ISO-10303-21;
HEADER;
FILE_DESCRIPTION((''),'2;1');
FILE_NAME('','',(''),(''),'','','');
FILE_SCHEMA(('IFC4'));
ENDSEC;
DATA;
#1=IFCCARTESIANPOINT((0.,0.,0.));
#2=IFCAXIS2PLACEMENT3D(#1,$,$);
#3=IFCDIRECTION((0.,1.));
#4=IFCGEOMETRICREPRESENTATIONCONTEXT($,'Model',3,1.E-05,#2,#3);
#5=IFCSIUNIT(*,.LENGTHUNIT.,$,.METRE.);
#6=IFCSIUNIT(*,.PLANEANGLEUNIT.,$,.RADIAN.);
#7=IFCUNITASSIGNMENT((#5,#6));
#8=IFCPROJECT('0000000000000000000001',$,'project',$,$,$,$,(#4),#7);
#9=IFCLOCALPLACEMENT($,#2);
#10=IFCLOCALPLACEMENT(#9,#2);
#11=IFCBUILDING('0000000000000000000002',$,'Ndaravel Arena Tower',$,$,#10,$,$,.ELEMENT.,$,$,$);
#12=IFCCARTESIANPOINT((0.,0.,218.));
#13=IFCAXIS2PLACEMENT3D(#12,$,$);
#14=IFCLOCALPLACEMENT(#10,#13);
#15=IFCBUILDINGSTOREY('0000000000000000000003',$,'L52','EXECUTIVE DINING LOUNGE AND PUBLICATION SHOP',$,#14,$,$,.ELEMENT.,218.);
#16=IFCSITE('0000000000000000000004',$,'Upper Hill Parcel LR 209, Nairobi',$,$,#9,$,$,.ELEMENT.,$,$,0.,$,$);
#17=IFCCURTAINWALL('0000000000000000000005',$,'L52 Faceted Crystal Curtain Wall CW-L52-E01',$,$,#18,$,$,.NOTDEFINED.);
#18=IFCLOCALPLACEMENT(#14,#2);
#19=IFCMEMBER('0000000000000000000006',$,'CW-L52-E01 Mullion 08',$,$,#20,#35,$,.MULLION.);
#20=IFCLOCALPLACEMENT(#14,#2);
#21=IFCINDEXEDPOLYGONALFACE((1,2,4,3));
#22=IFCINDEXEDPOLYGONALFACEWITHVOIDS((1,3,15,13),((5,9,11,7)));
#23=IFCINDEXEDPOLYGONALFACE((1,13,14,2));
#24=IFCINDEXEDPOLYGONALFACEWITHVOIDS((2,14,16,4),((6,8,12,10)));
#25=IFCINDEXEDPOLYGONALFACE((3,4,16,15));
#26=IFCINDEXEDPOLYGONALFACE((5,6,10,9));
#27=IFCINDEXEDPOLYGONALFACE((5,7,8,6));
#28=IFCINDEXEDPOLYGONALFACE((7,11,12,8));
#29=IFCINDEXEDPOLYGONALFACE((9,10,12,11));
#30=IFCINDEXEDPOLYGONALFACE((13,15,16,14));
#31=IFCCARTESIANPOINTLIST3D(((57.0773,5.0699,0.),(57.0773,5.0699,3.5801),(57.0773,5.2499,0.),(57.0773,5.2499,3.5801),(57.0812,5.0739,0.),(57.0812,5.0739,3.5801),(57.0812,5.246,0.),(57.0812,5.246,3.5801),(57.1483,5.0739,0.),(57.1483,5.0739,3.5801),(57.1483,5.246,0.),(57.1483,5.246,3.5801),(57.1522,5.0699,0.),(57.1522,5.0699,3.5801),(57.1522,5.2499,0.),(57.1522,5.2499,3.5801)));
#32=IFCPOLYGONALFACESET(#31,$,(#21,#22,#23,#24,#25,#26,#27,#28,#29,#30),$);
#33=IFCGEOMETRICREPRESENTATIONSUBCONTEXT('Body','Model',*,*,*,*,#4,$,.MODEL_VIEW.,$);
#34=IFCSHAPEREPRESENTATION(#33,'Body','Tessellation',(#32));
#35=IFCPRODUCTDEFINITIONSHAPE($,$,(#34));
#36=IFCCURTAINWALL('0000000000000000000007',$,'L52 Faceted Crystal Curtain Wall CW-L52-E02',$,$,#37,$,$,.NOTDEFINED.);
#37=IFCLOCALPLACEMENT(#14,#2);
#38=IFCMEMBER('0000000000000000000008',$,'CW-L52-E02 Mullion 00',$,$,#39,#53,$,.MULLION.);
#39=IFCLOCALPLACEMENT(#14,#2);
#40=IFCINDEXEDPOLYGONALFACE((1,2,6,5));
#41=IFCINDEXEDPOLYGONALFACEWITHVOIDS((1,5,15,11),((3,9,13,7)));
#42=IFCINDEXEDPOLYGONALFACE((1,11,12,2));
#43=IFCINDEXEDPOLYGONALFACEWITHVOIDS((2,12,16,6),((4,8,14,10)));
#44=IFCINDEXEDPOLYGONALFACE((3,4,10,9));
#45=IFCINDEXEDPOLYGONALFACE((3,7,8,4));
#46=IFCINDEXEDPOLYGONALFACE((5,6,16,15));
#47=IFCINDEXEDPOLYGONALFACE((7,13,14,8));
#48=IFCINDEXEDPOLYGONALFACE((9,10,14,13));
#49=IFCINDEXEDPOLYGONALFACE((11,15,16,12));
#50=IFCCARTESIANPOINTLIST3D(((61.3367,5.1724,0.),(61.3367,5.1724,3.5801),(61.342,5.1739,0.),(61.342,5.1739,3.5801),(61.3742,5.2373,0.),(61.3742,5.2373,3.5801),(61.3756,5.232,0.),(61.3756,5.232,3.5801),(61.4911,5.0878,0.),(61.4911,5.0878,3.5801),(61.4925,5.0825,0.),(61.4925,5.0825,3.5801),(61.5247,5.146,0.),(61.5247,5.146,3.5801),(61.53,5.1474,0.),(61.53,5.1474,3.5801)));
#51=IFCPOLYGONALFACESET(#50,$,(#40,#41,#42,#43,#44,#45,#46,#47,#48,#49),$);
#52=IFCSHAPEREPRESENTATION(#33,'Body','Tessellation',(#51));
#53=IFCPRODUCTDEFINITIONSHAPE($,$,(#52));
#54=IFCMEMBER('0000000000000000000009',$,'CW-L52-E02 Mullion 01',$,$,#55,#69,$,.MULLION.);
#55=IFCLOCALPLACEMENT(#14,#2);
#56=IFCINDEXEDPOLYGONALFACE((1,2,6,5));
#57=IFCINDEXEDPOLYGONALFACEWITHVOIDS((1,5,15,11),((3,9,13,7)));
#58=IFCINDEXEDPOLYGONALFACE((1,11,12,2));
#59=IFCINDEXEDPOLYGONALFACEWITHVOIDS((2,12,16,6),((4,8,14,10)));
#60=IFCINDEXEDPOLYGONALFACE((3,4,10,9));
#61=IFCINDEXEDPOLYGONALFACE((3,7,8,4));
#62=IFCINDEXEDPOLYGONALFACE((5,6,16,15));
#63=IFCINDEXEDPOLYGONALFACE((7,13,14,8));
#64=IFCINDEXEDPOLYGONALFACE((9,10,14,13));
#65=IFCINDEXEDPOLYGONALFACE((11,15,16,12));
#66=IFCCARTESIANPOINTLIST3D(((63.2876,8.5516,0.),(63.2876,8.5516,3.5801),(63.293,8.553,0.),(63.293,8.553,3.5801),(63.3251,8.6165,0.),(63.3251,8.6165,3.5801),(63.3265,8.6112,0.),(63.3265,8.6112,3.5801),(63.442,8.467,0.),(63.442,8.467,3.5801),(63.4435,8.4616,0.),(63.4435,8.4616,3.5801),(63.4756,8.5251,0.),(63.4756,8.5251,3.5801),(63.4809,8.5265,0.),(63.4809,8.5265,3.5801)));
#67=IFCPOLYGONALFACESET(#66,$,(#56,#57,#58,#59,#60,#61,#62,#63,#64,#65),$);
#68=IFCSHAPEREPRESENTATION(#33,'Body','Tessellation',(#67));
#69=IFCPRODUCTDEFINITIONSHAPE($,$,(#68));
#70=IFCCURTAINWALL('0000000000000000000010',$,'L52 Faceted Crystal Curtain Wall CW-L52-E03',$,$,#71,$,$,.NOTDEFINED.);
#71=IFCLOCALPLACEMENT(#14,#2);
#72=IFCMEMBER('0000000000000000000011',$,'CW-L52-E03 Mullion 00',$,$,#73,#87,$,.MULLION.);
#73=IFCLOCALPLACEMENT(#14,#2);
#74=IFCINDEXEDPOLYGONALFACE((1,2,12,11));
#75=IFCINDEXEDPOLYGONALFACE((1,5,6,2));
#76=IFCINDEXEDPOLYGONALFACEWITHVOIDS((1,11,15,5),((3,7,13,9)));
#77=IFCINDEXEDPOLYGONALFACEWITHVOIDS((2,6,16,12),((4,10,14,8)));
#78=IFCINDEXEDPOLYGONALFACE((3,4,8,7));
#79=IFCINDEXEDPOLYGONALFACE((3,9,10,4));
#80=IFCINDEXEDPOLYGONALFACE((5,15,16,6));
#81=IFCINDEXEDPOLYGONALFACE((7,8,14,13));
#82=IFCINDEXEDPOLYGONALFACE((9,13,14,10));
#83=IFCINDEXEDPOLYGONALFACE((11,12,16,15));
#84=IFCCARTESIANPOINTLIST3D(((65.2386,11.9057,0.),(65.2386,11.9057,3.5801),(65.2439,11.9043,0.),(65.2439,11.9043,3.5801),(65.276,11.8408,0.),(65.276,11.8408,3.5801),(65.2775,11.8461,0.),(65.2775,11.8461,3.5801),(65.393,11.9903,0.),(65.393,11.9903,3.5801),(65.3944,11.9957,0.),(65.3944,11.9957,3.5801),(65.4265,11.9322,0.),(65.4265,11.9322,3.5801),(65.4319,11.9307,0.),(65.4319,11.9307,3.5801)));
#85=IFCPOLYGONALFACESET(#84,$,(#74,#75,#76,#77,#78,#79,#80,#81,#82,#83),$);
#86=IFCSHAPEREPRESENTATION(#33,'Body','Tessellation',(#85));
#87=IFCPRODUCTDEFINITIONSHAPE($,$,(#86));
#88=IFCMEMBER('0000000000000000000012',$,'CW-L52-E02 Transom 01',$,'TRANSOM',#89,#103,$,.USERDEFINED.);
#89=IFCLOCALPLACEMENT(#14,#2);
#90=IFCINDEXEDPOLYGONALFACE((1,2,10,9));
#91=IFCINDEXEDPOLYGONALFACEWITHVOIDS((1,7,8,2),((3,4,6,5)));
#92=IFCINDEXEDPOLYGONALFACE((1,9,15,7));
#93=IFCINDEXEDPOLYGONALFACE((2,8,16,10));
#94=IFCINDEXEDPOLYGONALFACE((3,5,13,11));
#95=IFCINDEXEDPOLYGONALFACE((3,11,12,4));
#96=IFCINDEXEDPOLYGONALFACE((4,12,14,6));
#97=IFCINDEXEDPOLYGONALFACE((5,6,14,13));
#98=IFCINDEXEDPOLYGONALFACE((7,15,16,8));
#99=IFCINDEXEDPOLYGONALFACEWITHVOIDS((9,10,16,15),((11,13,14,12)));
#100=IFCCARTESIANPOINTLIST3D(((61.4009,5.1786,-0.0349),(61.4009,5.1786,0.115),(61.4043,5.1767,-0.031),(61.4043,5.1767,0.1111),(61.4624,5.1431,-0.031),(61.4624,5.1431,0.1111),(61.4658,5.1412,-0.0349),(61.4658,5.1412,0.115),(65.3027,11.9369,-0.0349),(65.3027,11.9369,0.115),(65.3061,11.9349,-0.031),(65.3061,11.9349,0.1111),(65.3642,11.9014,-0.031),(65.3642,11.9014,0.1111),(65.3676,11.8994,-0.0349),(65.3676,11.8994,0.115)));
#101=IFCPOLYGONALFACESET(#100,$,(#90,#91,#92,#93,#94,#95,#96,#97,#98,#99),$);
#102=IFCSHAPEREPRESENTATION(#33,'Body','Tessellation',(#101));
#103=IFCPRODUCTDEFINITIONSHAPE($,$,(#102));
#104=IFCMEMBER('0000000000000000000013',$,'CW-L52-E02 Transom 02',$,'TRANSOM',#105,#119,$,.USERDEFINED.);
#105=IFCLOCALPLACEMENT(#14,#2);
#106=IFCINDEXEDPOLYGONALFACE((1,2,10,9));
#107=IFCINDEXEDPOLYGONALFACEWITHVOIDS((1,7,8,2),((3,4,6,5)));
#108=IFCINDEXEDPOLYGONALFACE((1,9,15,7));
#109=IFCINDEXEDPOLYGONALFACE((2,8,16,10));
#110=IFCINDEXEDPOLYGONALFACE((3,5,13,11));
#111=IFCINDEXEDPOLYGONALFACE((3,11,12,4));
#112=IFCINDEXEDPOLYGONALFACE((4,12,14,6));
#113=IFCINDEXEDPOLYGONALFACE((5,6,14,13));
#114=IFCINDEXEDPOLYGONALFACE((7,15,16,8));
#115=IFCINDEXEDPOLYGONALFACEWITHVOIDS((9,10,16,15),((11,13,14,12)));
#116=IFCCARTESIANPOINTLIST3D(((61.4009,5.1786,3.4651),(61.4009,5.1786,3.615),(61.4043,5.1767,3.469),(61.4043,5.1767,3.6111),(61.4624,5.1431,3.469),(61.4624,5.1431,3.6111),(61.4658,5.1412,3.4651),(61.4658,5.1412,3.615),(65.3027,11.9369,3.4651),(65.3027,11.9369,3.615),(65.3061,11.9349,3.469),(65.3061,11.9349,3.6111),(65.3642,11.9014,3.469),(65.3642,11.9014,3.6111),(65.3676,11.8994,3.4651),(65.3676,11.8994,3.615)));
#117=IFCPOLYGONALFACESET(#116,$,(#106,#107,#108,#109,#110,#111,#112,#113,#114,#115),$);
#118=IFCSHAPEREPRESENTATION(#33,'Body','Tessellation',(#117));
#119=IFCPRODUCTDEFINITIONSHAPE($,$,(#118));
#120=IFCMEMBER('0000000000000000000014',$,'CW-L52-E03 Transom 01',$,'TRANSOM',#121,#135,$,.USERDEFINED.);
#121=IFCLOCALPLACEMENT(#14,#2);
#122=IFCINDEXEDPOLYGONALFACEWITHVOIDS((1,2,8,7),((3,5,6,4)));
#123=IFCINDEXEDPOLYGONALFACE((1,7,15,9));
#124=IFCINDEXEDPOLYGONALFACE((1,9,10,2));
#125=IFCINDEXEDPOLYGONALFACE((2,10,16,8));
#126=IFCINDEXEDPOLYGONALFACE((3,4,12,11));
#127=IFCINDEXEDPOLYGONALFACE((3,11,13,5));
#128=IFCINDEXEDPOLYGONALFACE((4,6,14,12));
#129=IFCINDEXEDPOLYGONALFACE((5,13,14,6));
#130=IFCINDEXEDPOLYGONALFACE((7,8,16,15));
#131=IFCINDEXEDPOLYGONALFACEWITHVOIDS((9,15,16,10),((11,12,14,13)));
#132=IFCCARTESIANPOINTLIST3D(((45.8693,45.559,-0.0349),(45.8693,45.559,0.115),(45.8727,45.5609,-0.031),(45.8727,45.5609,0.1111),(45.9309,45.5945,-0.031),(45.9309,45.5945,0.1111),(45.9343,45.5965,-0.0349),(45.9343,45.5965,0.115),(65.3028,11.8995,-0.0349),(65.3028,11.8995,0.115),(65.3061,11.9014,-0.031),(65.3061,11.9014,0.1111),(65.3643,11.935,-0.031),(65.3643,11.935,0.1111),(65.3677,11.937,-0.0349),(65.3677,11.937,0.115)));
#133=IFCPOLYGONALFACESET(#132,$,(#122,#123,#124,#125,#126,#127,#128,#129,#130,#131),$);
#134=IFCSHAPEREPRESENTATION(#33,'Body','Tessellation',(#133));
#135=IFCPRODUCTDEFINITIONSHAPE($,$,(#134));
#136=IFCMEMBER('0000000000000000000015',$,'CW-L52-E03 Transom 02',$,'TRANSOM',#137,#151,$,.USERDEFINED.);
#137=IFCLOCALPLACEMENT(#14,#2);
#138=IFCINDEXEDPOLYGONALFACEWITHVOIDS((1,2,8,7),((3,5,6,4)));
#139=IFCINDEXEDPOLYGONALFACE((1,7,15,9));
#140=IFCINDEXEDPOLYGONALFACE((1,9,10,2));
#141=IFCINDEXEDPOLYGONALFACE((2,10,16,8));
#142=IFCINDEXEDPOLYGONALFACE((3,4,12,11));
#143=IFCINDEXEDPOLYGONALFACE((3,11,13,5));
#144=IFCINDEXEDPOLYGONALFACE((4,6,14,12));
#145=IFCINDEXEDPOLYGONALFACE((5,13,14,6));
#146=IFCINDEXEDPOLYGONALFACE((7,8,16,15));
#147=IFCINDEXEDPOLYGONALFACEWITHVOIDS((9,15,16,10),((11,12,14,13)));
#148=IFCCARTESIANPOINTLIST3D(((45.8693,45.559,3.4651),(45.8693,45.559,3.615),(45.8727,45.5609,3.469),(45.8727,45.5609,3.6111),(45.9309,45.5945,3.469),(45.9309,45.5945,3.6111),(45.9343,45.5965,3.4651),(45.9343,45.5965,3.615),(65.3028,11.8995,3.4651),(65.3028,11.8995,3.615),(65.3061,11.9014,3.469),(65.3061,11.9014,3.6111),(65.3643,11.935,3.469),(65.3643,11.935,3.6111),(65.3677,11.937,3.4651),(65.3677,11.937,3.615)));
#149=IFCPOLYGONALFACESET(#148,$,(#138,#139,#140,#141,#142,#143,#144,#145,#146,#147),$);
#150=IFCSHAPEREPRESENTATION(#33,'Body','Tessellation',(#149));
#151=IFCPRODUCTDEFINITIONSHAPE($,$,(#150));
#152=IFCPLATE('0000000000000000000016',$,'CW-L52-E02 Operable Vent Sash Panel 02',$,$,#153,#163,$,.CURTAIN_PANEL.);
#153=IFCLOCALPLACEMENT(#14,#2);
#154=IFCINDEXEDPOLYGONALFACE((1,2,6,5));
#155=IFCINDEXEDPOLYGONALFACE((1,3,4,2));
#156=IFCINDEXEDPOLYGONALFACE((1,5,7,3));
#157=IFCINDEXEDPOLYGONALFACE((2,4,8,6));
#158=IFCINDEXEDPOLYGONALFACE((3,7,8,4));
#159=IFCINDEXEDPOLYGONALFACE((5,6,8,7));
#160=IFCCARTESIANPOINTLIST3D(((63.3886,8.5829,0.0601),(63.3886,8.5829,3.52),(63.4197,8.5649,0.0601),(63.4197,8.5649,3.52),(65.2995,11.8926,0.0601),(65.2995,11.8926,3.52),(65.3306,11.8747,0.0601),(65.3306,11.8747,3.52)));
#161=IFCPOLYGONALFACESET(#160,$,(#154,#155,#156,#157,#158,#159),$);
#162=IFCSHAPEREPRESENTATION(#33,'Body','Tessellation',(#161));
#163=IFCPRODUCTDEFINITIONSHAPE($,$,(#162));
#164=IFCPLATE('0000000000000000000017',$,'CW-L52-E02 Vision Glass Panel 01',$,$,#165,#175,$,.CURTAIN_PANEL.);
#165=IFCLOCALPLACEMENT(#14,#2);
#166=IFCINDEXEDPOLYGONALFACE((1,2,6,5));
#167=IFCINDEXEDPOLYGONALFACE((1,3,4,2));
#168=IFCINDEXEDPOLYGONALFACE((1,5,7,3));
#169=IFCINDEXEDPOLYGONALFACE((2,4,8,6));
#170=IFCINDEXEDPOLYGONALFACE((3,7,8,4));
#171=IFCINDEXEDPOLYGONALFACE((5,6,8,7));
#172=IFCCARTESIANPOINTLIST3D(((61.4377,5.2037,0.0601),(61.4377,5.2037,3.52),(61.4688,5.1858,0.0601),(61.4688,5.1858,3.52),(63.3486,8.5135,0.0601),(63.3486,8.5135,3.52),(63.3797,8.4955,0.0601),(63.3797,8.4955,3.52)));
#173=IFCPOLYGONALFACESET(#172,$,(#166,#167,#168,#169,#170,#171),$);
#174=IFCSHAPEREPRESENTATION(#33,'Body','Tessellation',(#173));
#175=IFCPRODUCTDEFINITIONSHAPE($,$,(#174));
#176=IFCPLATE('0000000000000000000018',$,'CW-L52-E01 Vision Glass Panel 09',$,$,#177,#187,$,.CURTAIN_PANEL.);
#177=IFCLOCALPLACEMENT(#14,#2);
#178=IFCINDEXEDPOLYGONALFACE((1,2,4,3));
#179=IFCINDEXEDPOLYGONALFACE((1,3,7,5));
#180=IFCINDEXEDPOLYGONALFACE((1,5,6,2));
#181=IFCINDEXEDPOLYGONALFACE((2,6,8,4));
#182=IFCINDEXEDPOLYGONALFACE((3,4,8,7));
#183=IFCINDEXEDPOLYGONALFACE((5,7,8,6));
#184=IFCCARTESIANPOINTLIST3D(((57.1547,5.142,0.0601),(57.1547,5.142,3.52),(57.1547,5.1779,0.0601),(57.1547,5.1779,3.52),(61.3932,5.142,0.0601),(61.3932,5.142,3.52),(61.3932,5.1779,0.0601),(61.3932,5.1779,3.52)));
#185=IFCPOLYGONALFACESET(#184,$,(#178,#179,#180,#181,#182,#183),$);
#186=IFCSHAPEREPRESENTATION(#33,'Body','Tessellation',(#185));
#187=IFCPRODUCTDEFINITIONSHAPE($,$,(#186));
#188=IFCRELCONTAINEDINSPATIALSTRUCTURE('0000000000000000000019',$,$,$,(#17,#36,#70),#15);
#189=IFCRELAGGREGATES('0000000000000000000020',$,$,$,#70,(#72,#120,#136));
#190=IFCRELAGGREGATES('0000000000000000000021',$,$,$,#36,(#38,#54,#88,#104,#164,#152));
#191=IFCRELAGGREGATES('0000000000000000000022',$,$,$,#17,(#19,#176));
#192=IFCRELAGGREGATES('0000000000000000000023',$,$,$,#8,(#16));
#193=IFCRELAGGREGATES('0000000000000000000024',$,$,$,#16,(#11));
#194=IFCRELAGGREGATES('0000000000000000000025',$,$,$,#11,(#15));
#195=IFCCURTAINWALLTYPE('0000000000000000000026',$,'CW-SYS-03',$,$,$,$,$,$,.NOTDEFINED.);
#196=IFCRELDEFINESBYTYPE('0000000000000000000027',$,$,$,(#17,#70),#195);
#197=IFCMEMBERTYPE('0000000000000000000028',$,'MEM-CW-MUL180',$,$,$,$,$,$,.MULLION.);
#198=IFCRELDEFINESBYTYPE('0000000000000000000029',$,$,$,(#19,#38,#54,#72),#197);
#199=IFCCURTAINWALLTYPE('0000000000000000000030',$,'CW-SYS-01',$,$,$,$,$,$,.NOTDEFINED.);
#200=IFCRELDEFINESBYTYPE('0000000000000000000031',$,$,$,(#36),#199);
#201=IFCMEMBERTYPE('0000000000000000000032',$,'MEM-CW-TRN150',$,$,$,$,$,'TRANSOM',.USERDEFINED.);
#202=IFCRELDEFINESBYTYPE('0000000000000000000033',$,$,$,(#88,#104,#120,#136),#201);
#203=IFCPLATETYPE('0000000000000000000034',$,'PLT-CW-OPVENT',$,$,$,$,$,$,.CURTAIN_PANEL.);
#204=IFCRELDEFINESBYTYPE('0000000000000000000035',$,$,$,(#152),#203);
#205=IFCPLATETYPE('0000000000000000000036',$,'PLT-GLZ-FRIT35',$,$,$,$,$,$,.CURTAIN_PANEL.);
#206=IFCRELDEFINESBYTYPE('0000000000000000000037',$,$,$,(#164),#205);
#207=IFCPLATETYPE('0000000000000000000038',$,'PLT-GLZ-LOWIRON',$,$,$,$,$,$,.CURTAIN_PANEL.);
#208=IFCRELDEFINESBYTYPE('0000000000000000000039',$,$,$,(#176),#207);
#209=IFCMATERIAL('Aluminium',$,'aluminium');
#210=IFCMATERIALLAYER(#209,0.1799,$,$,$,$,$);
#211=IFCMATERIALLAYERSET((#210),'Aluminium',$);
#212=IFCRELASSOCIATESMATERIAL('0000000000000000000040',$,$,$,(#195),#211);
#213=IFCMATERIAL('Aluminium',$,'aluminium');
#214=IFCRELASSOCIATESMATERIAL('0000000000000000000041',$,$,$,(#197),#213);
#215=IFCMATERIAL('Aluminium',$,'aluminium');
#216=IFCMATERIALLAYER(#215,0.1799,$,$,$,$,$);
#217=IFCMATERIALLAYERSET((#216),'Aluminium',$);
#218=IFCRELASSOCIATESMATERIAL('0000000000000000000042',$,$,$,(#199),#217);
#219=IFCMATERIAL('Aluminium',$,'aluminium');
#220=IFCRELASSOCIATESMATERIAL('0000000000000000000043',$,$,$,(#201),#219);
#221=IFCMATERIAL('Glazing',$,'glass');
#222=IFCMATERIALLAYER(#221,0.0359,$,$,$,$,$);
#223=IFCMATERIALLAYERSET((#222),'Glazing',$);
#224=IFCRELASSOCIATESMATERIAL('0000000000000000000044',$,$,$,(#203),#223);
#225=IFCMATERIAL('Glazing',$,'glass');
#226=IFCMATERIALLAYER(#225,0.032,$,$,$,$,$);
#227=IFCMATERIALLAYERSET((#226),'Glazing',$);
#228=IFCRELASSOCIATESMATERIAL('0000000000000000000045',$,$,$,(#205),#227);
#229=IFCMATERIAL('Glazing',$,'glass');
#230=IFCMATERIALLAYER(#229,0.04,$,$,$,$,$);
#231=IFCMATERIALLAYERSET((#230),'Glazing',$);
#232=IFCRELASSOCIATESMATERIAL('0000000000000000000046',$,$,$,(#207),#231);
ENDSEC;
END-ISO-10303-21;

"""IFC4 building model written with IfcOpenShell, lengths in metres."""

from ifc_helpers import new_model, si_unit, direction, frame, origin, origin_2d, place, context, subcontext, project, spatial, rectangle, hollow_rectangle, extrude, material, layer, layer_set, material_profile, profile_set, type_object, element, aggregate, save


model = new_model("IFC4")

# Units and contexts
model_context = context("Model", 3, precision=1e-05, world=origin(), true_north=direction((0.0, 1.0)))
body_context = subcontext(model_context, "Body", "Model", "MODEL_VIEW")
ifc_project = project(units=[si_unit("LENGTHUNIT", "METRE"), si_unit("PLANEANGLEUNIT", "RADIAN")], contexts=[model_context])

# Site, building, storey
site_placement = place(None, origin())
site = spatial("IfcSite", under=ifc_project, at=site_placement, Name="Upper Hill Parcel LR 209, Nairobi", CompositionType="ELEMENT", RefElevation=0.0)
building_placement = place(site_placement, origin())
building = spatial("IfcBuilding", under=site, at=building_placement, Name="Ndaravel Arena Tower", CompositionType="ELEMENT")
storey_placement = place(building_placement, frame((0.0, 0.0, 218.0)))
storey = spatial("IfcBuildingStorey", under=building, at=storey_placement, Name="L52", Description="EXECUTIVE DINING LOUNGE AND PUBLICATION SHOP", CompositionType="ELEMENT", Elevation=218.0)

# Curtain wall, member
ifc_material_1 = material(Name="Aluminium", Category="aluminium")
ifc_layer_1 = layer(ifc_material_1, 0.1799)
ifc_layer_set_1 = layer_set([ifc_layer_1], Name="Aluminium")
curtain_wall_type_1 = type_object("IfcCurtainWallType", Name="CW-SYS-03", PredefinedType="NOTDEFINED", material=ifc_layer_set_1)
curtain_wall_1_placement = place(storey_placement, origin())
curtain_wall_1 = element("IfcCurtainWall", 1, at=curtain_wall_1_placement, inside=storey, type_object=curtain_wall_type_1, Name="L52 Faceted Crystal Curtain Wall CW-L52-E01", PredefinedType="NOTDEFINED")
ifc_material_2 = material(Name="Aluminium", Category="aluminium")
ifc_material_profile_1 = material_profile(ifc_material_2, hollow_rectangle(XDim=0.075, YDim=0.1799, WallThickness=0.0039, at=origin_2d()), Name="CW MULLION 75x180x4")
ifc_profile_set_1 = profile_set([ifc_material_profile_1], Name="Aluminium")
member_type_1 = type_object("IfcMemberType", Name="MEM-CW-MUL180", PredefinedType="MULLION", material=ifc_profile_set_1)
member_1_placement = place(storey_placement, frame((57.1147, 5.1599, 0.0), z_axis=(0.0, 0.0, 1.0), x_axis=(1.0, 0.0, 0.0)))
member_1 = element("IfcMember", 2, at=member_1_placement, type_object=member_type_1, Name="CW-L52-E01 Mullion 08", PredefinedType="MULLION", context=body_context, shape_type="SweptSolid", body=[
    extrude(hollow_rectangle(XDim=0.075, YDim=0.1799, WallThickness=0.0039, at=origin_2d()), origin(), (0.0, 0.0, 1.0), 3.5801),
])

# Curtain wall, members
ifc_material_3 = material(Name="Aluminium", Category="aluminium")
ifc_layer_2 = layer(ifc_material_3, 0.1799)
ifc_layer_set_2 = layer_set([ifc_layer_2], Name="Aluminium")
curtain_wall_type_2 = type_object("IfcCurtainWallType", Name="CW-SYS-01", PredefinedType="NOTDEFINED", material=ifc_layer_set_2)
curtain_wall_2_placement = place(storey_placement, origin())
curtain_wall_2 = element("IfcCurtainWall", 3, at=curtain_wall_2_placement, inside=storey, type_object=curtain_wall_type_2, Name="L52 Faceted Crystal Curtain Wall CW-L52-E02", PredefinedType="NOTDEFINED")
member_2_placement = place(storey_placement, frame((61.4333, 5.1599, 0.0), z_axis=(0.0, 0.0, 1.0), x_axis=(0.5, 0.866025, 0.0)))
member_2 = element("IfcMember", 4, at=member_2_placement, type_object=member_type_1, Name="CW-L52-E02 Mullion 00", PredefinedType="MULLION", context=body_context, shape_type="SweptSolid", body=[
    extrude(hollow_rectangle(XDim=0.075, YDim=0.1799, WallThickness=0.0039, at=origin_2d()), origin(), (0.0, 0.0, 1.0), 3.5801),
])
member_3_placement = place(storey_placement, frame((63.3843, 8.5391, 0.0), z_axis=(0.0, 0.0, 1.0), x_axis=(0.5, 0.866025, 0.0)))
member_3 = element("IfcMember", 5, at=member_3_placement, type_object=member_type_1, Name="CW-L52-E02 Mullion 01", PredefinedType="MULLION", context=body_context, shape_type="SweptSolid", body=[
    extrude(hollow_rectangle(XDim=0.075, YDim=0.1799, WallThickness=0.0039, at=origin_2d()), origin(), (0.0, 0.0, 1.0), 3.5801),
])

# Curtain wall, member
curtain_wall_3_placement = place(storey_placement, origin())
curtain_wall_3 = element("IfcCurtainWall", 6, at=curtain_wall_3_placement, inside=storey, type_object=curtain_wall_type_1, Name="L52 Faceted Crystal Curtain Wall CW-L52-E03", PredefinedType="NOTDEFINED")
member_4_placement = place(storey_placement, frame((65.3352, 11.9182, 0.0), z_axis=(0.0, 0.0, 1.0), x_axis=(-0.5, 0.866025, 0.0)))
member_4 = element("IfcMember", 7, at=member_4_placement, type_object=member_type_1, Name="CW-L52-E03 Mullion 00", PredefinedType="MULLION", context=body_context, shape_type="SweptSolid", body=[
    extrude(hollow_rectangle(XDim=0.075, YDim=0.1799, WallThickness=0.0039, at=origin_2d()), origin(), (0.0, 0.0, 1.0), 3.5801),
])

# Members
ifc_material_4 = material(Name="Aluminium", Category="aluminium")
ifc_material_profile_2 = material_profile(ifc_material_4, hollow_rectangle(XDim=0.075, YDim=0.1499, WallThickness=0.0039, at=origin_2d()), Name="CW TRANSOM 75x150x4")
ifc_profile_set_2 = profile_set([ifc_material_profile_2], Name="Aluminium")
member_type_2 = type_object("IfcMemberType", Name="MEM-CW-TRN150", ElementType="TRANSOM", PredefinedType="USERDEFINED", material=ifc_profile_set_2)
member_5_placement = place(storey_placement, frame((61.4333, 5.1599, 0.04), z_axis=(0.499995, 0.866028, 0.0), x_axis=(-0.866028, 0.499995, 0.0)))
member_5 = element("IfcMember", 8, at=member_5_placement, type_object=member_type_2, Name="CW-L52-E02 Transom 01", ObjectType="TRANSOM", PredefinedType="USERDEFINED", context=body_context, shape_type="SweptSolid", body=[
    extrude(hollow_rectangle(XDim=0.075, YDim=0.1499, WallThickness=0.0039, at=origin_2d()), origin(), (0.0, 0.0, 1.0), 7.8037),
])
member_6_placement = place(storey_placement, frame((61.4333, 5.1599, 3.54), z_axis=(0.499995, 0.866028, 0.0), x_axis=(-0.866028, 0.499995, 0.0)))
member_6 = element("IfcMember", 9, at=member_6_placement, type_object=member_type_2, Name="CW-L52-E02 Transom 02", ObjectType="TRANSOM", PredefinedType="USERDEFINED", context=body_context, shape_type="SweptSolid", body=[
    extrude(hollow_rectangle(XDim=0.075, YDim=0.1499, WallThickness=0.0039, at=origin_2d()), origin(), (0.0, 0.0, 1.0), 7.8037),
])
member_7_placement = place(storey_placement, frame((65.3352, 11.9182, 0.04), z_axis=(-0.500001, 0.866025, 0.0), x_axis=(-0.866025, -0.500001, 0.0)))
member_7 = element("IfcMember", 10, at=member_7_placement, type_object=member_type_2, Name="CW-L52-E03 Transom 01", ObjectType="TRANSOM", PredefinedType="USERDEFINED", context=body_context, shape_type="SweptSolid", body=[
    extrude(hollow_rectangle(XDim=0.075, YDim=0.1499, WallThickness=0.0039, at=origin_2d()), origin(), (0.0, 0.0, 1.0), 38.8667),
])
member_8_placement = place(storey_placement, frame((65.3352, 11.9182, 3.54), z_axis=(-0.500001, 0.866025, 0.0), x_axis=(-0.866025, -0.500001, 0.0)))
member_8 = element("IfcMember", 11, at=member_8_placement, type_object=member_type_2, Name="CW-L52-E03 Transom 02", ObjectType="TRANSOM", PredefinedType="USERDEFINED", context=body_context, shape_type="SweptSolid", body=[
    extrude(hollow_rectangle(XDim=0.075, YDim=0.1499, WallThickness=0.0039, at=origin_2d()), origin(), (0.0, 0.0, 1.0), 38.8667),
])
aggregate(curtain_wall_3, [member_4, member_7, member_8])

# Plates
ifc_material_5 = material(Name="Glazing", Category="glass")
ifc_layer_3 = layer(ifc_material_5, 0.0359)
ifc_layer_set_3 = layer_set([ifc_layer_3], Name="Glazing")
plate_type_1 = type_object("IfcPlateType", Name="PLT-CW-OPVENT", PredefinedType="CURTAIN_PANEL", material=ifc_layer_set_3)
plate_1_placement = place(storey_placement, frame((64.3596, 10.2288, 0.0601), z_axis=(0.0, 0.0, 1.0), x_axis=(0.5, 0.866025, 0.0)))
plate_1 = element("IfcPlate", 12, at=plate_1_placement, type_object=plate_type_1, Name="CW-L52-E02 Operable Vent Sash Panel 02", PredefinedType="CURTAIN_PANEL", context=body_context, shape_type="SweptSolid", body=[
    extrude(rectangle(XDim=3.8218, YDim=0.0359, at=origin_2d()), origin(), (0.0, 0.0, 1.0), 3.46),
])
ifc_material_6 = material(Name="Glazing", Category="glass")
ifc_layer_4 = layer(ifc_material_6, 0.032)
ifc_layer_set_4 = layer_set([ifc_layer_4], Name="Glazing")
plate_type_2 = type_object("IfcPlateType", Name="PLT-GLZ-FRIT35", PredefinedType="CURTAIN_PANEL", material=ifc_layer_set_4)
plate_2_placement = place(storey_placement, frame((62.4087, 6.8496, 0.0601), z_axis=(0.0, 0.0, 1.0), x_axis=(0.5, 0.866025, 0.0)))
plate_2 = element("IfcPlate", 13, at=plate_2_placement, type_object=plate_type_2, Name="CW-L52-E02 Vision Glass Panel 01", PredefinedType="CURTAIN_PANEL", context=body_context, shape_type="SweptSolid", body=[
    extrude(rectangle(XDim=3.8218, YDim=0.0359, at=origin_2d()), origin(), (0.0, 0.0, 1.0), 3.46),
])
aggregate(curtain_wall_2, [member_2, member_3, member_5, member_6, plate_2, plate_1])
ifc_material_7 = material(Name="Glazing", Category="glass")
ifc_layer_5 = layer(ifc_material_7, 0.04)
ifc_layer_set_5 = layer_set([ifc_layer_5], Name="Glazing")
plate_type_3 = type_object("IfcPlateType", Name="PLT-GLZ-LOWIRON", PredefinedType="CURTAIN_PANEL", material=ifc_layer_set_5)
plate_3_placement = place(storey_placement, frame((59.2739, 5.1599, 0.0601), z_axis=(0.0, 0.0, 1.0), x_axis=(1.0, 0.0, 0.0)))
plate_3 = element("IfcPlate", 14, at=plate_3_placement, type_object=plate_type_3, Name="CW-L52-E01 Vision Glass Panel 09", PredefinedType="CURTAIN_PANEL", context=body_context, shape_type="SweptSolid", body=[
    extrude(rectangle(XDim=4.2385, YDim=0.0359, at=origin_2d()), origin(), (0.0, 0.0, 1.0), 3.46),
])
aggregate(curtain_wall_1, [member_1, plate_3])

save(model, "model.ifc")
